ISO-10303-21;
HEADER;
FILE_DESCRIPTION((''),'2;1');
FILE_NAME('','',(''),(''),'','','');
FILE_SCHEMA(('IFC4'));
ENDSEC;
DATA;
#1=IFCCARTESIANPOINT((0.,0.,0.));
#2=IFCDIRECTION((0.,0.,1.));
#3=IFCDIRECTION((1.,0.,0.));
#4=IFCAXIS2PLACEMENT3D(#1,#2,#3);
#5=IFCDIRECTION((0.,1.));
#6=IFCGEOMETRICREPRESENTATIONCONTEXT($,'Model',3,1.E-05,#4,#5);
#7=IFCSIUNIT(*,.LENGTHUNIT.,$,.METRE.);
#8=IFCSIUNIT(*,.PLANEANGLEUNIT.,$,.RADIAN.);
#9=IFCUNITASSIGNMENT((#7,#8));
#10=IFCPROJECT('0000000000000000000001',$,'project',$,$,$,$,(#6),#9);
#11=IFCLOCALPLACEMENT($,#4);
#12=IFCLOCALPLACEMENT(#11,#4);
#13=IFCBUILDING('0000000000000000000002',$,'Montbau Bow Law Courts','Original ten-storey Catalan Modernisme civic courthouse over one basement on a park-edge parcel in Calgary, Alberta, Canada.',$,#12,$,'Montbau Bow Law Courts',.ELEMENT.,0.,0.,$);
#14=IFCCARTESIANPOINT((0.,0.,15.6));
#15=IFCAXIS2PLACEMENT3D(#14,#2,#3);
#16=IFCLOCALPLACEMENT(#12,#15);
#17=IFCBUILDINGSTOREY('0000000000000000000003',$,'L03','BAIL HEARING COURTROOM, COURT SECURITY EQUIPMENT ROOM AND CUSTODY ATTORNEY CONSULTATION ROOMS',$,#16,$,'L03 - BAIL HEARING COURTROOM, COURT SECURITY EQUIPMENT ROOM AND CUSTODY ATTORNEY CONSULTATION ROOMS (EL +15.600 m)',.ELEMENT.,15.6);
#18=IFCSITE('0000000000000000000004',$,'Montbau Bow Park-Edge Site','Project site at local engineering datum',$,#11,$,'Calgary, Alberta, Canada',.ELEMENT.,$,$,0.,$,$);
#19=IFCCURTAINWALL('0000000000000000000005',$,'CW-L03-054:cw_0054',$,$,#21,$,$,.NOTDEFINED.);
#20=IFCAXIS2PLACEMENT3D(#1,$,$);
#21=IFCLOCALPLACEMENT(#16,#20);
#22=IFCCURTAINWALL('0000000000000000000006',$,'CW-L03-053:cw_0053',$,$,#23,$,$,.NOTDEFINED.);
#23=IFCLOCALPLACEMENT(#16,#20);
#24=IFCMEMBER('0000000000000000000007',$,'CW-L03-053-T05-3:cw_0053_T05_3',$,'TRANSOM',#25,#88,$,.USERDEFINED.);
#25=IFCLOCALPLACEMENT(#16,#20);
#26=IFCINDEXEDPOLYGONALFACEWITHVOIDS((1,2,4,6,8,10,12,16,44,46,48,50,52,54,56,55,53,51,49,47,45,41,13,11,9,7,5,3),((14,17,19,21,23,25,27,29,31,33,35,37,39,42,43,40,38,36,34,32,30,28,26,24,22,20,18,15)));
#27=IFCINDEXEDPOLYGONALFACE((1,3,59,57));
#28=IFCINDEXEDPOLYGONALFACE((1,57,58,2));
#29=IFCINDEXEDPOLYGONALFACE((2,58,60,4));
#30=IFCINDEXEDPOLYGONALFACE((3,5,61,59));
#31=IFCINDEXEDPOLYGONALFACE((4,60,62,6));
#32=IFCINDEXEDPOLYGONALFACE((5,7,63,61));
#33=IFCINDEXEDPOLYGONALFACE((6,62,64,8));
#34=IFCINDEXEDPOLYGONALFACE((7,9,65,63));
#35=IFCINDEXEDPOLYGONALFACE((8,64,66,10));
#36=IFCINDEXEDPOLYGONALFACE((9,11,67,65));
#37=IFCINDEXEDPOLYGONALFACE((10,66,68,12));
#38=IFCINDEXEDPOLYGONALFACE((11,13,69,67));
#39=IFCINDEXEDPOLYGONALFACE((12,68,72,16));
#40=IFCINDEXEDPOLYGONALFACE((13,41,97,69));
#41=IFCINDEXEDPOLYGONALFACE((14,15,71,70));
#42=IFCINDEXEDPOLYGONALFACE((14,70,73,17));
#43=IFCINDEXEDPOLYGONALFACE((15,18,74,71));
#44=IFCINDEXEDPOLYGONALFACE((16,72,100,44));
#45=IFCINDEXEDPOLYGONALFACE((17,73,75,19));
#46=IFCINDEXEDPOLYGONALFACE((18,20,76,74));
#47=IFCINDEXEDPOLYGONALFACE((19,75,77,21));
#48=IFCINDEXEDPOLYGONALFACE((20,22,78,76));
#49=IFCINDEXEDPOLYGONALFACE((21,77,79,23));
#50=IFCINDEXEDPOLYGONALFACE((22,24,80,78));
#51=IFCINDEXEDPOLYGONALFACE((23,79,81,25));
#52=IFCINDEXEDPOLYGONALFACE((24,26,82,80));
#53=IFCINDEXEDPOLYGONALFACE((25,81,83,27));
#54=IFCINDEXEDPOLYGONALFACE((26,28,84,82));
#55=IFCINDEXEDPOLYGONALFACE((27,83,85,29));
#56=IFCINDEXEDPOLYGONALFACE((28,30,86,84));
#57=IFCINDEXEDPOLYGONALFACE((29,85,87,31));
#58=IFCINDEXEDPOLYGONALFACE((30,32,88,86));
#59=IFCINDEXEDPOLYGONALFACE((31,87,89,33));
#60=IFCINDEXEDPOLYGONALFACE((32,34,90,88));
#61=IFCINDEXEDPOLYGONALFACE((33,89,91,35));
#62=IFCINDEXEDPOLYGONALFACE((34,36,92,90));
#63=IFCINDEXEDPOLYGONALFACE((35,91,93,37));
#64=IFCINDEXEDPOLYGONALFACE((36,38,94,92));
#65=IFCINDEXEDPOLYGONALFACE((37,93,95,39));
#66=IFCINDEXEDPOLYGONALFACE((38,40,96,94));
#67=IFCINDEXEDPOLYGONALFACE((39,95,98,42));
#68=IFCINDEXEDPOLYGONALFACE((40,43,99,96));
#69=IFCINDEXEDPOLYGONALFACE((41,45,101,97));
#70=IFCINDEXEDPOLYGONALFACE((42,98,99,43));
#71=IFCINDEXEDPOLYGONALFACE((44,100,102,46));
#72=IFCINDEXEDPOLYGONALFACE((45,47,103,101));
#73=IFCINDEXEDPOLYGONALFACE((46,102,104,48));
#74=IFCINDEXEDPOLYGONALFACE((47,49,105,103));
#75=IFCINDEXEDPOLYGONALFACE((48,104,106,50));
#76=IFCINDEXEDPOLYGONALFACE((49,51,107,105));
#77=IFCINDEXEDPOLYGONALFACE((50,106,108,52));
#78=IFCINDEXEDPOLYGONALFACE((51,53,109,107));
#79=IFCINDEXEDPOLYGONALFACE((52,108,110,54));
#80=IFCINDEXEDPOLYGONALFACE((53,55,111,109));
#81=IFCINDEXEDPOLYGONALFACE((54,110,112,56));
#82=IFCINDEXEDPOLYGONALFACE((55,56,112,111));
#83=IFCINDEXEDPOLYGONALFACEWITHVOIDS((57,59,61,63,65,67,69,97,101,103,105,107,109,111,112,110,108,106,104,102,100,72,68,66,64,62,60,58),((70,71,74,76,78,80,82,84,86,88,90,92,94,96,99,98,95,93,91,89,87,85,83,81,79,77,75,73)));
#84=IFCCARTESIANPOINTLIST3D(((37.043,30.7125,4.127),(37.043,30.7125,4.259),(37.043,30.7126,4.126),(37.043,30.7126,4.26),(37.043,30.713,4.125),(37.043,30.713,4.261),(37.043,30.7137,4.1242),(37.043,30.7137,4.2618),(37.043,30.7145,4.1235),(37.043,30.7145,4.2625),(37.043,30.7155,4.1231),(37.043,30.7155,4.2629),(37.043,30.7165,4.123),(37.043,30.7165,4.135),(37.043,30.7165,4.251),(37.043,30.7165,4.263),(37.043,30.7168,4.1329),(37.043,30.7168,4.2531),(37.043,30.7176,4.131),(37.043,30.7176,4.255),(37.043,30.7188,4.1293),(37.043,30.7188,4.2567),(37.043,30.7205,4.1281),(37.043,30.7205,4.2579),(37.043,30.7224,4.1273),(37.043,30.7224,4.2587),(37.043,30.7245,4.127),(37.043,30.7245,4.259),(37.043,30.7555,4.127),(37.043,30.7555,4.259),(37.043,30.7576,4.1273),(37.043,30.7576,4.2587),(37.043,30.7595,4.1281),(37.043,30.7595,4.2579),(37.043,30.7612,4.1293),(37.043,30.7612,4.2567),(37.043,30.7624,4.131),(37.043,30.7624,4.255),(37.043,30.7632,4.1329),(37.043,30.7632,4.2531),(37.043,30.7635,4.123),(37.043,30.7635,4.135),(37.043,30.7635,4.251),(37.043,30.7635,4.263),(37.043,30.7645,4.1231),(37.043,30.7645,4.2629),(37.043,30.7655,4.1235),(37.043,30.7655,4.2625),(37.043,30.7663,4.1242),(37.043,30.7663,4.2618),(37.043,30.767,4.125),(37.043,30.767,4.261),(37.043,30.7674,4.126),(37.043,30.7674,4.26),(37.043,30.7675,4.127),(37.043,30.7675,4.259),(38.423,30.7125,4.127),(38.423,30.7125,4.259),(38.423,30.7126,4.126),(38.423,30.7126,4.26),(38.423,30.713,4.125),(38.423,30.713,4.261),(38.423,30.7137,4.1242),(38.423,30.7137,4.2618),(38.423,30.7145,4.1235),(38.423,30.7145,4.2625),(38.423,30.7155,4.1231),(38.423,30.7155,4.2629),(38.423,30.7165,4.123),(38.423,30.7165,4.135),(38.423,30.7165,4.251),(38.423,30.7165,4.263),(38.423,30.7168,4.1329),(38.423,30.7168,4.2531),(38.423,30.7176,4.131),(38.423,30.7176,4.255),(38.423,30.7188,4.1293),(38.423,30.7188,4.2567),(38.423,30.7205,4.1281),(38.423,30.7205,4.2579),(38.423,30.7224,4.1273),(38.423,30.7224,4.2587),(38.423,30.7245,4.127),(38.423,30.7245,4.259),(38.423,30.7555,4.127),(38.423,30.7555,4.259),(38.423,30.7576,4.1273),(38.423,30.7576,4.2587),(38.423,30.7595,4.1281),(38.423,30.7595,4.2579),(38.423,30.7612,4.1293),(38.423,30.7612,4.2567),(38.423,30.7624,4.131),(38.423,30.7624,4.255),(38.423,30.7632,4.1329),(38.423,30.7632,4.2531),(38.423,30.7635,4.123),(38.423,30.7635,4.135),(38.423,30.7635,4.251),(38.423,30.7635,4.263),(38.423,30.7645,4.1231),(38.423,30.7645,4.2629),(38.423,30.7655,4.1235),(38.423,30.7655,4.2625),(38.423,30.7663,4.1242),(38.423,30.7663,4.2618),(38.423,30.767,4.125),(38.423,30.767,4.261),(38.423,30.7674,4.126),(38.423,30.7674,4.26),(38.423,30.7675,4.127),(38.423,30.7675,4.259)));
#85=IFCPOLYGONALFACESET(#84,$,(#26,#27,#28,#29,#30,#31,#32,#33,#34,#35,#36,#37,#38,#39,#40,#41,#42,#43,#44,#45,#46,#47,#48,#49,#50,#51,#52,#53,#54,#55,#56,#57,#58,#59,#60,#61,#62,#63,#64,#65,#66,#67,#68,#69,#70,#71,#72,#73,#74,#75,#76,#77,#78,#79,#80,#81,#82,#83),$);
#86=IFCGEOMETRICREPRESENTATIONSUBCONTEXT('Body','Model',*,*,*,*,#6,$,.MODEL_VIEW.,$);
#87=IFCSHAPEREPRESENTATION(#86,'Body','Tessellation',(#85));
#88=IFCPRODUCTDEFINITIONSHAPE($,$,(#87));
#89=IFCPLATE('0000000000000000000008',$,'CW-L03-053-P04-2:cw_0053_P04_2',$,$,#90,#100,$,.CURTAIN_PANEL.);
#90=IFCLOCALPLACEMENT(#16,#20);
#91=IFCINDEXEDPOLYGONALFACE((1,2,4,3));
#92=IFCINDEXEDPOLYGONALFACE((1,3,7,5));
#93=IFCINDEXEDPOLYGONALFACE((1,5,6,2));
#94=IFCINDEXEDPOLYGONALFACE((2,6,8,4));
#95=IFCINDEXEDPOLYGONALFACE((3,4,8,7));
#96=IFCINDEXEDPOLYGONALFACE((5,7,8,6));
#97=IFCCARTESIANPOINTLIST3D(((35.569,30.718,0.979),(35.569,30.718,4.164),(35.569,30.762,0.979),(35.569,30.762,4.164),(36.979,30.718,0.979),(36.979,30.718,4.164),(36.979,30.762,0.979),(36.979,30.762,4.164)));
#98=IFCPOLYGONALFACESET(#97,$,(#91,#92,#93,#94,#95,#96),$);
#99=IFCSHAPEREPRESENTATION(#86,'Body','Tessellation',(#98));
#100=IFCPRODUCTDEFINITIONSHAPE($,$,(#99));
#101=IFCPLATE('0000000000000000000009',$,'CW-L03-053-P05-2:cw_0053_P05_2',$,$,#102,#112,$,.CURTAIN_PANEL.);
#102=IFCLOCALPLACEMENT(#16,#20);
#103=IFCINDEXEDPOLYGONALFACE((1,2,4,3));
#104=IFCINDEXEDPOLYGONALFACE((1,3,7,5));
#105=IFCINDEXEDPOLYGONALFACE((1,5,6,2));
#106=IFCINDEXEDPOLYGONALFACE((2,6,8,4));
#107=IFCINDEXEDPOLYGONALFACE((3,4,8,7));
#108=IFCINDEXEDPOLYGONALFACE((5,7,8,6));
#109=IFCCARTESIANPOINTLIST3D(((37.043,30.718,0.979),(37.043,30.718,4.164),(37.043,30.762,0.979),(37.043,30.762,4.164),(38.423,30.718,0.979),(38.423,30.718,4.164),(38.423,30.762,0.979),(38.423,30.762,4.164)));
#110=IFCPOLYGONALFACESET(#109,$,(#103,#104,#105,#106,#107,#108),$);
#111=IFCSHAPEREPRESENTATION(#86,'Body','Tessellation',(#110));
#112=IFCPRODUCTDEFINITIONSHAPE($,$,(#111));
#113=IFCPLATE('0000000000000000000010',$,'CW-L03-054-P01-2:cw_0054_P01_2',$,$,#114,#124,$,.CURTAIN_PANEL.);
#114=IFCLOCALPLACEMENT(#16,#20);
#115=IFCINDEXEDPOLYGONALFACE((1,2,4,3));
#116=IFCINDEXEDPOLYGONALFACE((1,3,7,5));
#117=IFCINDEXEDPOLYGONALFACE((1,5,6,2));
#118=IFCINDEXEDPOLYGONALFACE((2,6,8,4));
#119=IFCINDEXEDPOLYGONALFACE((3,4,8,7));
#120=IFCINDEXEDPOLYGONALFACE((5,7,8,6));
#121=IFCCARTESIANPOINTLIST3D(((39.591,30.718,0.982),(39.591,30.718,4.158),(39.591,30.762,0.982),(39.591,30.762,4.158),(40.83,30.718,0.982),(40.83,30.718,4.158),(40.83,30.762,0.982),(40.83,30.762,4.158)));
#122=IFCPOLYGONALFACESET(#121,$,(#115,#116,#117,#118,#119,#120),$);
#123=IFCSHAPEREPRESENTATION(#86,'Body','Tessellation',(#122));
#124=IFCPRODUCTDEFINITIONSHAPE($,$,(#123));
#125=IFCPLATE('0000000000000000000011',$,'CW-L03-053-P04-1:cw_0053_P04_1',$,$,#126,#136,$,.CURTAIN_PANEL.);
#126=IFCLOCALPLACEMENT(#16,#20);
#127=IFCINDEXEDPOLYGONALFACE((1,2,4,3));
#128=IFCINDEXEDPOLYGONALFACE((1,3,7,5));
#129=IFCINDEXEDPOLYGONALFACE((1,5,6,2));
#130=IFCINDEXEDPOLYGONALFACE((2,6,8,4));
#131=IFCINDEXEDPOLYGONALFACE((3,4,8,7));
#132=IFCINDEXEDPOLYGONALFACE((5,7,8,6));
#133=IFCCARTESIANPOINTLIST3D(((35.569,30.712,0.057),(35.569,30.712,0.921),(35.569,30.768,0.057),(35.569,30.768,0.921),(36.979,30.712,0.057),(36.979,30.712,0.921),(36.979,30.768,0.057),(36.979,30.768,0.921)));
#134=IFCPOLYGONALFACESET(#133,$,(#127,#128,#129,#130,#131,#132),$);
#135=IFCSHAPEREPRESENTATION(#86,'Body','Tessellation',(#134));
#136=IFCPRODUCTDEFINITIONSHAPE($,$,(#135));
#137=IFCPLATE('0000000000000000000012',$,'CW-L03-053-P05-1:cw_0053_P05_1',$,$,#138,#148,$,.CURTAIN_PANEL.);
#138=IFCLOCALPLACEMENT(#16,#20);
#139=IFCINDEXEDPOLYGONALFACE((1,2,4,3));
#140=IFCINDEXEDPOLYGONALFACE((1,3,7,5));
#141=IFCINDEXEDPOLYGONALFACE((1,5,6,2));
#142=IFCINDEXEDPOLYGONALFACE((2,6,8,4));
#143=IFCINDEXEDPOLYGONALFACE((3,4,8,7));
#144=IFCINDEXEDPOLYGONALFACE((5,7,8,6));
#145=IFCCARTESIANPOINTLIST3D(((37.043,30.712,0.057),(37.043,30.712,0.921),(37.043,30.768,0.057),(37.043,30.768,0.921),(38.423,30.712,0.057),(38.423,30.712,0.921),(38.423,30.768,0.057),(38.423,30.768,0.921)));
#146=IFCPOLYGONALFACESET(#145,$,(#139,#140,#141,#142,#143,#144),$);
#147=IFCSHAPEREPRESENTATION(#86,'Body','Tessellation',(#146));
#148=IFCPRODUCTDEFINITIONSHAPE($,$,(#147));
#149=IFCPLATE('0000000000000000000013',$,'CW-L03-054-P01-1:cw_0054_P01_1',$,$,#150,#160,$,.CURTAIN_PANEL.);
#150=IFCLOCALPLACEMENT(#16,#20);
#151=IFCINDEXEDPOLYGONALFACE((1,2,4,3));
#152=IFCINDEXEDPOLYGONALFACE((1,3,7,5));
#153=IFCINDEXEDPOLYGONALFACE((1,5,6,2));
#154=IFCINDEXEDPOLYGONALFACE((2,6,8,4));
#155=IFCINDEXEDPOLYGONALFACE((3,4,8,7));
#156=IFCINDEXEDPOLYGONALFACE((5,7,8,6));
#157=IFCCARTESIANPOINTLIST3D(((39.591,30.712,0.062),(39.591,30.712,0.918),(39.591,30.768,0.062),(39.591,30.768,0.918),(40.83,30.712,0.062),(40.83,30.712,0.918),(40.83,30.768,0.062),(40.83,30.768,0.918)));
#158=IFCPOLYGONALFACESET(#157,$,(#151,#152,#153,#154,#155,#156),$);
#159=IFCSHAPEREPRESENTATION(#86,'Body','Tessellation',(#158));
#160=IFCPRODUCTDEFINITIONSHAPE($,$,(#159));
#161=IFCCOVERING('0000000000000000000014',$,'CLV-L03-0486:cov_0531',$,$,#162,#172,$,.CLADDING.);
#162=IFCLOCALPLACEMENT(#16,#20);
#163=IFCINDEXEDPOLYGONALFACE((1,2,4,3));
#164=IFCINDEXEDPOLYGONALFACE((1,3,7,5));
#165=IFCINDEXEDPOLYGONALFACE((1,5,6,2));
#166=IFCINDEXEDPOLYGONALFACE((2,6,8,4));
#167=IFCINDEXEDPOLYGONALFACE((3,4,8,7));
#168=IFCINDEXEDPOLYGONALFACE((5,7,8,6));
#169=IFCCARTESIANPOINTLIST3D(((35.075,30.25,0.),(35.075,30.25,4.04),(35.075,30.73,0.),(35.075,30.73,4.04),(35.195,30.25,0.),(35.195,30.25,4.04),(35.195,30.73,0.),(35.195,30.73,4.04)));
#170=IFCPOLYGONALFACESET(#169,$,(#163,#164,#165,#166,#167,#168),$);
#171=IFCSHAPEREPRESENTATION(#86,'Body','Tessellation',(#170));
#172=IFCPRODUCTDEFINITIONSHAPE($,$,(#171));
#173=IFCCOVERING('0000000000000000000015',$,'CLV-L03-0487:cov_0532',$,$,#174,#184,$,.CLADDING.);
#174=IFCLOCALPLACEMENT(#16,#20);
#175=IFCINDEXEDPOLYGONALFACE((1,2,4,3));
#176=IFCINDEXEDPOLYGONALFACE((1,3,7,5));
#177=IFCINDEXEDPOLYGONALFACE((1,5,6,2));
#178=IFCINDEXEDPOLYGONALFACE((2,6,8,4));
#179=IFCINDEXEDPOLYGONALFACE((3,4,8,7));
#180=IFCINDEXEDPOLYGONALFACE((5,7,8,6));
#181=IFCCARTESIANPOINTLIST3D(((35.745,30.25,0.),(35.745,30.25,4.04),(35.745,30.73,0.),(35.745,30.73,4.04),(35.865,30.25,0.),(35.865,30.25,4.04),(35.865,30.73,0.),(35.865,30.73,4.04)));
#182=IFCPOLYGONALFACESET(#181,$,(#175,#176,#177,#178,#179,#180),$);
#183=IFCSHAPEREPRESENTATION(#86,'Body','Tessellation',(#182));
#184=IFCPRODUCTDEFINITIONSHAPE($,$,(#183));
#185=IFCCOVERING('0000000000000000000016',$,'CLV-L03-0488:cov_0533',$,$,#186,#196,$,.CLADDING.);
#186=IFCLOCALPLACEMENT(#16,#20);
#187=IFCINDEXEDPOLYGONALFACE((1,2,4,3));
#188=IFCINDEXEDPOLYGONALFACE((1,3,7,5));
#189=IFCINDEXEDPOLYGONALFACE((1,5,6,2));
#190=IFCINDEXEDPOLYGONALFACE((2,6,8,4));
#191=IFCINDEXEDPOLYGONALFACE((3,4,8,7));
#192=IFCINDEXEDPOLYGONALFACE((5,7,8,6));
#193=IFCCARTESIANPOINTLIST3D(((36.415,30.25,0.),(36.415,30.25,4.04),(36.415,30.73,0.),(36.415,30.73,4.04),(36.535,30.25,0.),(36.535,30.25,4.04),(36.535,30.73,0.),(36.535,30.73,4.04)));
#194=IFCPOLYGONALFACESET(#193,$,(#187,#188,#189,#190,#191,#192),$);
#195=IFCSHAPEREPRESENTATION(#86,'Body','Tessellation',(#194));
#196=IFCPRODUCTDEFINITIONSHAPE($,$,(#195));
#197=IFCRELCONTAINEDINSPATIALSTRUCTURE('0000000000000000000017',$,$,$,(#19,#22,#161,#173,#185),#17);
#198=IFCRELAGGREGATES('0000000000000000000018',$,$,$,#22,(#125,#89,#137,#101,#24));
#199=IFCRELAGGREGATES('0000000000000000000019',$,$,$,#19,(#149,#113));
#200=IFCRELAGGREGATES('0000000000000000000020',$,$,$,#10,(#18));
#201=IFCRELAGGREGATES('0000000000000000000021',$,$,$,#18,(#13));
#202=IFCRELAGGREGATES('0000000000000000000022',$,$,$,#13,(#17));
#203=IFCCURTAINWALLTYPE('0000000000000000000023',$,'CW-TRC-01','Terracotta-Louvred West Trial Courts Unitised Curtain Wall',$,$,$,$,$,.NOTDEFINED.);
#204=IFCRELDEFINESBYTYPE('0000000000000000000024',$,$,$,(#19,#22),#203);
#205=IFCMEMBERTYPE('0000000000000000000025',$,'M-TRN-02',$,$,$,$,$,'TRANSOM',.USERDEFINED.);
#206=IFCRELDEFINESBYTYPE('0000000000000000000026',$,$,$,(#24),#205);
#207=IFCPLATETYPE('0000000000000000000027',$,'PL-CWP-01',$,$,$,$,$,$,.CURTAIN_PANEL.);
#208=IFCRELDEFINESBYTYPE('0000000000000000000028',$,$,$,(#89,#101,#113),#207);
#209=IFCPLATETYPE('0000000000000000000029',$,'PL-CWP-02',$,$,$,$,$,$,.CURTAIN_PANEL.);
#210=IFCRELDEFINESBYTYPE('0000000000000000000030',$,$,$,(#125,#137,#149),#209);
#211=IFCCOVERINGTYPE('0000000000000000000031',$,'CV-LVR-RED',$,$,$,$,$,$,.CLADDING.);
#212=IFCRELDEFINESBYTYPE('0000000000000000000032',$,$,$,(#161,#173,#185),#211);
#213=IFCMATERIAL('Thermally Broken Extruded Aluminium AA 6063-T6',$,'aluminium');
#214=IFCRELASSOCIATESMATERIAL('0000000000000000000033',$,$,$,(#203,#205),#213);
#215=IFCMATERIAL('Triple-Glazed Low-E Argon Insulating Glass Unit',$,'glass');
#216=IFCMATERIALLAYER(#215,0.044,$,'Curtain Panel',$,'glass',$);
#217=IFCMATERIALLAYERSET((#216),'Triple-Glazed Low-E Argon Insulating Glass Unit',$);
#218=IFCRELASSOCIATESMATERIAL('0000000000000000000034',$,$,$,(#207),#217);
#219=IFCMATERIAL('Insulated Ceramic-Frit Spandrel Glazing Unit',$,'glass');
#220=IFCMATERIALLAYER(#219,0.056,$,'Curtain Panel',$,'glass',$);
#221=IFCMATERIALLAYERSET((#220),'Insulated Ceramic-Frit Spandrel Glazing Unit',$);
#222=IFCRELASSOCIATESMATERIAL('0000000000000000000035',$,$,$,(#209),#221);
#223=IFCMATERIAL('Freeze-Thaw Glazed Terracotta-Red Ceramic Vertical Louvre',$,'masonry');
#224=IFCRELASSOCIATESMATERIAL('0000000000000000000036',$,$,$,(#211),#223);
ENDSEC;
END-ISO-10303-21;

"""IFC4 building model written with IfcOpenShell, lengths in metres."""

from ifc_helpers import new_model, si_unit, direction, frame, frame_2d, origin_with_axes, origin_2d_with_axis, place, context, subcontext, project, spatial, rectangle, hollow_rectangle, extrude, material, layer, layer_set, material_profile, profile_set, type_object, element, aggregate, save


model = new_model("IFC4")

# Units and contexts
model_context = context("Model", 3, precision=1e-05, world=origin_with_axes(), true_north=direction((0.0, 1.0)))
body_context = subcontext(model_context, "Body", "Model", "MODEL_VIEW")
ifc_project = project(units=[si_unit("LENGTHUNIT", "METRE"), si_unit("PLANEANGLEUNIT", "RADIAN")], contexts=[model_context])

# Site, building, storey
site_placement = place(None, origin_with_axes())
site = spatial("IfcSite", under=ifc_project, at=site_placement, Name="Montbau Bow Park-Edge Site", Description="Project site at local engineering datum", LongName="Calgary, Alberta, Canada", CompositionType="ELEMENT", RefElevation=0.0)
building_placement = place(site_placement, origin_with_axes())
building = spatial("IfcBuilding", under=site, at=building_placement, Name="Montbau Bow Law Courts", Description="Original ten-storey Catalan Modernisme civic courthouse over one basement on a park-edge parcel in Calgary, Alberta, Canada.", LongName="Montbau Bow Law Courts", CompositionType="ELEMENT", ElevationOfRefHeight=0.0, ElevationOfTerrain=0.0)
storey_placement = place(building_placement, frame((0.0, 0.0, 15.6), z_axis=(0.0, 0.0, 1.0), x_axis=(1.0, 0.0, 0.0)))
storey = spatial("IfcBuildingStorey", under=building, at=storey_placement, Name="L03", Description="BAIL HEARING COURTROOM, COURT SECURITY EQUIPMENT ROOM AND CUSTODY ATTORNEY CONSULTATION ROOMS", LongName="L03 - BAIL HEARING COURTROOM, COURT SECURITY EQUIPMENT ROOM AND CUSTODY ATTORNEY CONSULTATION ROOMS (EL +15.600 m)", CompositionType="ELEMENT", Elevation=15.6)

# Curtain wall
ifc_material_1 = material(Name="Thermally Broken Extruded Aluminium AA 6063-T6", Category="aluminium")
curtain_wall_type = type_object("IfcCurtainWallType", Name="CW-TRC-01", Description="Terracotta-Louvred West Trial Courts Unitised Curtain Wall", PredefinedType="NOTDEFINED", material=ifc_material_1)
curtain_wall_1_placement = place(None, frame((39.515, 30.74, 15.6), z_axis=(0.0, 0.0, 1.0), x_axis=(1.0, 0.0, 0.0)))
curtain_wall_1 = element("IfcCurtainWall", 1, at=curtain_wall_1_placement, inside=storey, type_object=curtain_wall_type, Name="CW-L03-054:cw_0054", PredefinedType="NOTDEFINED")

# Curtain wall
curtain_wall_2_placement = place(None, frame((31.115, 30.74, 15.6), z_axis=(0.0, 0.0, 1.0), x_axis=(1.0, 0.0, 0.0)))
curtain_wall_2 = element("IfcCurtainWall", 2, at=curtain_wall_2_placement, inside=storey, type_object=curtain_wall_type, Name="CW-L03-053:cw_0053", PredefinedType="NOTDEFINED")

# Member
ifc_material_profile_1 = material_profile(ifc_material_1, hollow_rectangle(XDim=0.055, YDim=0.14, WallThickness=0.004, InnerFilletRadius=0.008, OuterFilletRadius=0.004, at=origin_2d_with_axis()), Name="CWT-140X55", Category="Main", Priority=0)
ifc_profile_set_1 = profile_set([ifc_material_profile_1], Name="Thermally Broken Extruded Aluminium AA 6063-T6")
member_type_1 = type_object("IfcMemberType", Name="M-TRN-02", ElementType="TRANSOM", PredefinedType="USERDEFINED", material=ifc_profile_set_1)
member_1_placement = place(None, frame((37.043, 30.74, 19.793), z_axis=(1.0, 0.0, 0.0), x_axis=(0.0, 1.0, 0.0)))
member_1 = element("IfcMember", 3, at=member_1_placement, type_object=member_type_1, Name="CW-L03-053-T05-3:cw_0053_T05_3", ObjectType="TRANSOM", PredefinedType="USERDEFINED", context=body_context, shape_type="SweptSolid", body=[
    extrude(hollow_rectangle(XDim=0.055, YDim=0.14, WallThickness=0.004, InnerFilletRadius=0.008, OuterFilletRadius=0.004, at=origin_2d_with_axis()), origin_with_axes(), (0.0, 0.0, 1.0), 1.38),
])

# Plates
ifc_material_2 = material(Name="Triple-Glazed Low-E Argon Insulating Glass Unit", Category="glass")
ifc_layer_1 = layer(ifc_material_2, 0.044, Name="Curtain Panel", Category="glass")
ifc_layer_set_1 = layer_set([ifc_layer_1], Name="Triple-Glazed Low-E Argon Insulating Glass Unit")
plate_type_1 = type_object("IfcPlateType", Name="PL-CWP-01", PredefinedType="CURTAIN_PANEL", material=ifc_layer_set_1)
plate_1_placement = place(None, frame((35.569, 30.74, 16.579), z_axis=(0.0, -1.0, 0.0), x_axis=(1.0, 0.0, 0.0)))
plate_1 = element("IfcPlate", 4, at=plate_1_placement, type_object=plate_type_1, Name="CW-L03-053-P04-2:cw_0053_P04_2", PredefinedType="CURTAIN_PANEL", context=body_context, shape_type="SweptSolid", body=[
    extrude(rectangle(XDim=1.41, YDim=3.185, at=frame_2d((0.705, 1.5925), x_axis=(1.0, 0.0))), frame((0.0, 0.0, -0.022), z_axis=(0.0, 0.0, 1.0), x_axis=(1.0, 0.0, 0.0)), (0.0, 0.0, 1.0), 0.044),
])
plate_2_placement = place(None, frame((37.043, 30.74, 16.579), z_axis=(0.0, -1.0, 0.0), x_axis=(1.0, 0.0, 0.0)))
plate_2 = element("IfcPlate", 5, at=plate_2_placement, type_object=plate_type_1, Name="CW-L03-053-P05-2:cw_0053_P05_2", PredefinedType="CURTAIN_PANEL", context=body_context, shape_type="SweptSolid", body=[
    extrude(rectangle(XDim=1.38, YDim=3.185, at=frame_2d((0.69, 1.5925), x_axis=(1.0, 0.0))), frame((0.0, 0.0, -0.022), z_axis=(0.0, 0.0, 1.0), x_axis=(1.0, 0.0, 0.0)), (0.0, 0.0, 1.0), 0.044),
])
plate_3_placement = place(None, frame((39.591, 30.74, 16.582), z_axis=(0.0, -1.0, 0.0), x_axis=(1.0, 0.0, 0.0)))
plate_3 = element("IfcPlate", 6, at=plate_3_placement, type_object=plate_type_1, Name="CW-L03-054-P01-2:cw_0054_P01_2", PredefinedType="CURTAIN_PANEL", context=body_context, shape_type="SweptSolid", body=[
    extrude(rectangle(XDim=1.239, YDim=3.176, at=frame_2d((0.6195, 1.588), x_axis=(1.0, 0.0))), frame((0.0, 0.0, -0.022), z_axis=(0.0, 0.0, 1.0), x_axis=(1.0, 0.0, 0.0)), (0.0, 0.0, 1.0), 0.044),
])
ifc_material_3 = material(Name="Insulated Ceramic-Frit Spandrel Glazing Unit", Category="glass")
ifc_layer_2 = layer(ifc_material_3, 0.056, Name="Curtain Panel", Category="glass")
ifc_layer_set_2 = layer_set([ifc_layer_2], Name="Insulated Ceramic-Frit Spandrel Glazing Unit")
plate_type_2 = type_object("IfcPlateType", Name="PL-CWP-02", PredefinedType="CURTAIN_PANEL", material=ifc_layer_set_2)
plate_4_placement = place(None, frame((35.569, 30.74, 15.657), z_axis=(0.0, -1.0, 0.0), x_axis=(1.0, 0.0, 0.0)))
plate_4 = element("IfcPlate", 7, at=plate_4_placement, type_object=plate_type_2, Name="CW-L03-053-P04-1:cw_0053_P04_1", PredefinedType="CURTAIN_PANEL", context=body_context, shape_type="SweptSolid", body=[
    extrude(rectangle(XDim=1.41, YDim=0.864, at=frame_2d((0.705, 0.432), x_axis=(1.0, 0.0))), frame((0.0, 0.0, -0.028), z_axis=(0.0, 0.0, 1.0), x_axis=(1.0, 0.0, 0.0)), (0.0, 0.0, 1.0), 0.056),
])
plate_5_placement = place(None, frame((37.043, 30.74, 15.657), z_axis=(0.0, -1.0, 0.0), x_axis=(1.0, 0.0, 0.0)))
plate_5 = element("IfcPlate", 8, at=plate_5_placement, type_object=plate_type_2, Name="CW-L03-053-P05-1:cw_0053_P05_1", PredefinedType="CURTAIN_PANEL", context=body_context, shape_type="SweptSolid", body=[
    extrude(rectangle(XDim=1.38, YDim=0.864, at=frame_2d((0.69, 0.432), x_axis=(1.0, 0.0))), frame((0.0, 0.0, -0.028), z_axis=(0.0, 0.0, 1.0), x_axis=(1.0, 0.0, 0.0)), (0.0, 0.0, 1.0), 0.056),
])
aggregate(curtain_wall_2, [plate_4, plate_1, plate_5, plate_2, member_1])
plate_6_placement = place(None, frame((39.591, 30.74, 15.662), z_axis=(0.0, -1.0, 0.0), x_axis=(1.0, 0.0, 0.0)))
plate_6 = element("IfcPlate", 9, at=plate_6_placement, type_object=plate_type_2, Name="CW-L03-054-P01-1:cw_0054_P01_1", PredefinedType="CURTAIN_PANEL", context=body_context, shape_type="SweptSolid", body=[
    extrude(rectangle(XDim=1.239, YDim=0.856, at=frame_2d((0.6195, 0.428), x_axis=(1.0, 0.0))), frame((0.0, 0.0, -0.028), z_axis=(0.0, 0.0, 1.0), x_axis=(1.0, 0.0, 0.0)), (0.0, 0.0, 1.0), 0.056),
])
aggregate(curtain_wall_1, [plate_6, plate_3])

# Coverings
ifc_material_4 = material(Name="Freeze-Thaw Glazed Terracotta-Red Ceramic Vertical Louvre", Category="masonry")
covering_type = type_object("IfcCoveringType", Name="CV-LVR-RED", PredefinedType="CLADDING", material=ifc_material_4)
for number, where, z_axis, x_axis, name in (
    (10, (35.135, 30.73, 15.6), (-1.0, 0.0, 0.0), (0.0, -1.0, 0.0), "CLV-L03-0486:cov_0531"),
    (11, (35.805, 30.73, 15.6), (-1.0, 0.0, 0.0), (0.0, -1.0, 0.0), "CLV-L03-0487:cov_0532"),
    (12, (36.475, 30.73, 15.6), (-1.0, 0.0, 0.0), (0.0, -1.0, 0.0), "CLV-L03-0488:cov_0533"),
):
    element("IfcCovering", number, at=place(None, frame(where, z_axis=z_axis, x_axis=x_axis)), inside=storey, type_object=covering_type, Name=name, PredefinedType="CLADDING", context=body_context, shape_type="SweptSolid", body=[
        extrude(rectangle(XDim=0.48, YDim=4.04, at=frame_2d((0.24, 2.02), x_axis=(1.0, 0.0))), frame((0.0, 0.0, -0.06), z_axis=(0.0, 0.0, 1.0), x_axis=(1.0, 0.0, 0.0)), (0.0, 0.0, 1.0), 0.12),
    ])

save(model, "model.ifc")
